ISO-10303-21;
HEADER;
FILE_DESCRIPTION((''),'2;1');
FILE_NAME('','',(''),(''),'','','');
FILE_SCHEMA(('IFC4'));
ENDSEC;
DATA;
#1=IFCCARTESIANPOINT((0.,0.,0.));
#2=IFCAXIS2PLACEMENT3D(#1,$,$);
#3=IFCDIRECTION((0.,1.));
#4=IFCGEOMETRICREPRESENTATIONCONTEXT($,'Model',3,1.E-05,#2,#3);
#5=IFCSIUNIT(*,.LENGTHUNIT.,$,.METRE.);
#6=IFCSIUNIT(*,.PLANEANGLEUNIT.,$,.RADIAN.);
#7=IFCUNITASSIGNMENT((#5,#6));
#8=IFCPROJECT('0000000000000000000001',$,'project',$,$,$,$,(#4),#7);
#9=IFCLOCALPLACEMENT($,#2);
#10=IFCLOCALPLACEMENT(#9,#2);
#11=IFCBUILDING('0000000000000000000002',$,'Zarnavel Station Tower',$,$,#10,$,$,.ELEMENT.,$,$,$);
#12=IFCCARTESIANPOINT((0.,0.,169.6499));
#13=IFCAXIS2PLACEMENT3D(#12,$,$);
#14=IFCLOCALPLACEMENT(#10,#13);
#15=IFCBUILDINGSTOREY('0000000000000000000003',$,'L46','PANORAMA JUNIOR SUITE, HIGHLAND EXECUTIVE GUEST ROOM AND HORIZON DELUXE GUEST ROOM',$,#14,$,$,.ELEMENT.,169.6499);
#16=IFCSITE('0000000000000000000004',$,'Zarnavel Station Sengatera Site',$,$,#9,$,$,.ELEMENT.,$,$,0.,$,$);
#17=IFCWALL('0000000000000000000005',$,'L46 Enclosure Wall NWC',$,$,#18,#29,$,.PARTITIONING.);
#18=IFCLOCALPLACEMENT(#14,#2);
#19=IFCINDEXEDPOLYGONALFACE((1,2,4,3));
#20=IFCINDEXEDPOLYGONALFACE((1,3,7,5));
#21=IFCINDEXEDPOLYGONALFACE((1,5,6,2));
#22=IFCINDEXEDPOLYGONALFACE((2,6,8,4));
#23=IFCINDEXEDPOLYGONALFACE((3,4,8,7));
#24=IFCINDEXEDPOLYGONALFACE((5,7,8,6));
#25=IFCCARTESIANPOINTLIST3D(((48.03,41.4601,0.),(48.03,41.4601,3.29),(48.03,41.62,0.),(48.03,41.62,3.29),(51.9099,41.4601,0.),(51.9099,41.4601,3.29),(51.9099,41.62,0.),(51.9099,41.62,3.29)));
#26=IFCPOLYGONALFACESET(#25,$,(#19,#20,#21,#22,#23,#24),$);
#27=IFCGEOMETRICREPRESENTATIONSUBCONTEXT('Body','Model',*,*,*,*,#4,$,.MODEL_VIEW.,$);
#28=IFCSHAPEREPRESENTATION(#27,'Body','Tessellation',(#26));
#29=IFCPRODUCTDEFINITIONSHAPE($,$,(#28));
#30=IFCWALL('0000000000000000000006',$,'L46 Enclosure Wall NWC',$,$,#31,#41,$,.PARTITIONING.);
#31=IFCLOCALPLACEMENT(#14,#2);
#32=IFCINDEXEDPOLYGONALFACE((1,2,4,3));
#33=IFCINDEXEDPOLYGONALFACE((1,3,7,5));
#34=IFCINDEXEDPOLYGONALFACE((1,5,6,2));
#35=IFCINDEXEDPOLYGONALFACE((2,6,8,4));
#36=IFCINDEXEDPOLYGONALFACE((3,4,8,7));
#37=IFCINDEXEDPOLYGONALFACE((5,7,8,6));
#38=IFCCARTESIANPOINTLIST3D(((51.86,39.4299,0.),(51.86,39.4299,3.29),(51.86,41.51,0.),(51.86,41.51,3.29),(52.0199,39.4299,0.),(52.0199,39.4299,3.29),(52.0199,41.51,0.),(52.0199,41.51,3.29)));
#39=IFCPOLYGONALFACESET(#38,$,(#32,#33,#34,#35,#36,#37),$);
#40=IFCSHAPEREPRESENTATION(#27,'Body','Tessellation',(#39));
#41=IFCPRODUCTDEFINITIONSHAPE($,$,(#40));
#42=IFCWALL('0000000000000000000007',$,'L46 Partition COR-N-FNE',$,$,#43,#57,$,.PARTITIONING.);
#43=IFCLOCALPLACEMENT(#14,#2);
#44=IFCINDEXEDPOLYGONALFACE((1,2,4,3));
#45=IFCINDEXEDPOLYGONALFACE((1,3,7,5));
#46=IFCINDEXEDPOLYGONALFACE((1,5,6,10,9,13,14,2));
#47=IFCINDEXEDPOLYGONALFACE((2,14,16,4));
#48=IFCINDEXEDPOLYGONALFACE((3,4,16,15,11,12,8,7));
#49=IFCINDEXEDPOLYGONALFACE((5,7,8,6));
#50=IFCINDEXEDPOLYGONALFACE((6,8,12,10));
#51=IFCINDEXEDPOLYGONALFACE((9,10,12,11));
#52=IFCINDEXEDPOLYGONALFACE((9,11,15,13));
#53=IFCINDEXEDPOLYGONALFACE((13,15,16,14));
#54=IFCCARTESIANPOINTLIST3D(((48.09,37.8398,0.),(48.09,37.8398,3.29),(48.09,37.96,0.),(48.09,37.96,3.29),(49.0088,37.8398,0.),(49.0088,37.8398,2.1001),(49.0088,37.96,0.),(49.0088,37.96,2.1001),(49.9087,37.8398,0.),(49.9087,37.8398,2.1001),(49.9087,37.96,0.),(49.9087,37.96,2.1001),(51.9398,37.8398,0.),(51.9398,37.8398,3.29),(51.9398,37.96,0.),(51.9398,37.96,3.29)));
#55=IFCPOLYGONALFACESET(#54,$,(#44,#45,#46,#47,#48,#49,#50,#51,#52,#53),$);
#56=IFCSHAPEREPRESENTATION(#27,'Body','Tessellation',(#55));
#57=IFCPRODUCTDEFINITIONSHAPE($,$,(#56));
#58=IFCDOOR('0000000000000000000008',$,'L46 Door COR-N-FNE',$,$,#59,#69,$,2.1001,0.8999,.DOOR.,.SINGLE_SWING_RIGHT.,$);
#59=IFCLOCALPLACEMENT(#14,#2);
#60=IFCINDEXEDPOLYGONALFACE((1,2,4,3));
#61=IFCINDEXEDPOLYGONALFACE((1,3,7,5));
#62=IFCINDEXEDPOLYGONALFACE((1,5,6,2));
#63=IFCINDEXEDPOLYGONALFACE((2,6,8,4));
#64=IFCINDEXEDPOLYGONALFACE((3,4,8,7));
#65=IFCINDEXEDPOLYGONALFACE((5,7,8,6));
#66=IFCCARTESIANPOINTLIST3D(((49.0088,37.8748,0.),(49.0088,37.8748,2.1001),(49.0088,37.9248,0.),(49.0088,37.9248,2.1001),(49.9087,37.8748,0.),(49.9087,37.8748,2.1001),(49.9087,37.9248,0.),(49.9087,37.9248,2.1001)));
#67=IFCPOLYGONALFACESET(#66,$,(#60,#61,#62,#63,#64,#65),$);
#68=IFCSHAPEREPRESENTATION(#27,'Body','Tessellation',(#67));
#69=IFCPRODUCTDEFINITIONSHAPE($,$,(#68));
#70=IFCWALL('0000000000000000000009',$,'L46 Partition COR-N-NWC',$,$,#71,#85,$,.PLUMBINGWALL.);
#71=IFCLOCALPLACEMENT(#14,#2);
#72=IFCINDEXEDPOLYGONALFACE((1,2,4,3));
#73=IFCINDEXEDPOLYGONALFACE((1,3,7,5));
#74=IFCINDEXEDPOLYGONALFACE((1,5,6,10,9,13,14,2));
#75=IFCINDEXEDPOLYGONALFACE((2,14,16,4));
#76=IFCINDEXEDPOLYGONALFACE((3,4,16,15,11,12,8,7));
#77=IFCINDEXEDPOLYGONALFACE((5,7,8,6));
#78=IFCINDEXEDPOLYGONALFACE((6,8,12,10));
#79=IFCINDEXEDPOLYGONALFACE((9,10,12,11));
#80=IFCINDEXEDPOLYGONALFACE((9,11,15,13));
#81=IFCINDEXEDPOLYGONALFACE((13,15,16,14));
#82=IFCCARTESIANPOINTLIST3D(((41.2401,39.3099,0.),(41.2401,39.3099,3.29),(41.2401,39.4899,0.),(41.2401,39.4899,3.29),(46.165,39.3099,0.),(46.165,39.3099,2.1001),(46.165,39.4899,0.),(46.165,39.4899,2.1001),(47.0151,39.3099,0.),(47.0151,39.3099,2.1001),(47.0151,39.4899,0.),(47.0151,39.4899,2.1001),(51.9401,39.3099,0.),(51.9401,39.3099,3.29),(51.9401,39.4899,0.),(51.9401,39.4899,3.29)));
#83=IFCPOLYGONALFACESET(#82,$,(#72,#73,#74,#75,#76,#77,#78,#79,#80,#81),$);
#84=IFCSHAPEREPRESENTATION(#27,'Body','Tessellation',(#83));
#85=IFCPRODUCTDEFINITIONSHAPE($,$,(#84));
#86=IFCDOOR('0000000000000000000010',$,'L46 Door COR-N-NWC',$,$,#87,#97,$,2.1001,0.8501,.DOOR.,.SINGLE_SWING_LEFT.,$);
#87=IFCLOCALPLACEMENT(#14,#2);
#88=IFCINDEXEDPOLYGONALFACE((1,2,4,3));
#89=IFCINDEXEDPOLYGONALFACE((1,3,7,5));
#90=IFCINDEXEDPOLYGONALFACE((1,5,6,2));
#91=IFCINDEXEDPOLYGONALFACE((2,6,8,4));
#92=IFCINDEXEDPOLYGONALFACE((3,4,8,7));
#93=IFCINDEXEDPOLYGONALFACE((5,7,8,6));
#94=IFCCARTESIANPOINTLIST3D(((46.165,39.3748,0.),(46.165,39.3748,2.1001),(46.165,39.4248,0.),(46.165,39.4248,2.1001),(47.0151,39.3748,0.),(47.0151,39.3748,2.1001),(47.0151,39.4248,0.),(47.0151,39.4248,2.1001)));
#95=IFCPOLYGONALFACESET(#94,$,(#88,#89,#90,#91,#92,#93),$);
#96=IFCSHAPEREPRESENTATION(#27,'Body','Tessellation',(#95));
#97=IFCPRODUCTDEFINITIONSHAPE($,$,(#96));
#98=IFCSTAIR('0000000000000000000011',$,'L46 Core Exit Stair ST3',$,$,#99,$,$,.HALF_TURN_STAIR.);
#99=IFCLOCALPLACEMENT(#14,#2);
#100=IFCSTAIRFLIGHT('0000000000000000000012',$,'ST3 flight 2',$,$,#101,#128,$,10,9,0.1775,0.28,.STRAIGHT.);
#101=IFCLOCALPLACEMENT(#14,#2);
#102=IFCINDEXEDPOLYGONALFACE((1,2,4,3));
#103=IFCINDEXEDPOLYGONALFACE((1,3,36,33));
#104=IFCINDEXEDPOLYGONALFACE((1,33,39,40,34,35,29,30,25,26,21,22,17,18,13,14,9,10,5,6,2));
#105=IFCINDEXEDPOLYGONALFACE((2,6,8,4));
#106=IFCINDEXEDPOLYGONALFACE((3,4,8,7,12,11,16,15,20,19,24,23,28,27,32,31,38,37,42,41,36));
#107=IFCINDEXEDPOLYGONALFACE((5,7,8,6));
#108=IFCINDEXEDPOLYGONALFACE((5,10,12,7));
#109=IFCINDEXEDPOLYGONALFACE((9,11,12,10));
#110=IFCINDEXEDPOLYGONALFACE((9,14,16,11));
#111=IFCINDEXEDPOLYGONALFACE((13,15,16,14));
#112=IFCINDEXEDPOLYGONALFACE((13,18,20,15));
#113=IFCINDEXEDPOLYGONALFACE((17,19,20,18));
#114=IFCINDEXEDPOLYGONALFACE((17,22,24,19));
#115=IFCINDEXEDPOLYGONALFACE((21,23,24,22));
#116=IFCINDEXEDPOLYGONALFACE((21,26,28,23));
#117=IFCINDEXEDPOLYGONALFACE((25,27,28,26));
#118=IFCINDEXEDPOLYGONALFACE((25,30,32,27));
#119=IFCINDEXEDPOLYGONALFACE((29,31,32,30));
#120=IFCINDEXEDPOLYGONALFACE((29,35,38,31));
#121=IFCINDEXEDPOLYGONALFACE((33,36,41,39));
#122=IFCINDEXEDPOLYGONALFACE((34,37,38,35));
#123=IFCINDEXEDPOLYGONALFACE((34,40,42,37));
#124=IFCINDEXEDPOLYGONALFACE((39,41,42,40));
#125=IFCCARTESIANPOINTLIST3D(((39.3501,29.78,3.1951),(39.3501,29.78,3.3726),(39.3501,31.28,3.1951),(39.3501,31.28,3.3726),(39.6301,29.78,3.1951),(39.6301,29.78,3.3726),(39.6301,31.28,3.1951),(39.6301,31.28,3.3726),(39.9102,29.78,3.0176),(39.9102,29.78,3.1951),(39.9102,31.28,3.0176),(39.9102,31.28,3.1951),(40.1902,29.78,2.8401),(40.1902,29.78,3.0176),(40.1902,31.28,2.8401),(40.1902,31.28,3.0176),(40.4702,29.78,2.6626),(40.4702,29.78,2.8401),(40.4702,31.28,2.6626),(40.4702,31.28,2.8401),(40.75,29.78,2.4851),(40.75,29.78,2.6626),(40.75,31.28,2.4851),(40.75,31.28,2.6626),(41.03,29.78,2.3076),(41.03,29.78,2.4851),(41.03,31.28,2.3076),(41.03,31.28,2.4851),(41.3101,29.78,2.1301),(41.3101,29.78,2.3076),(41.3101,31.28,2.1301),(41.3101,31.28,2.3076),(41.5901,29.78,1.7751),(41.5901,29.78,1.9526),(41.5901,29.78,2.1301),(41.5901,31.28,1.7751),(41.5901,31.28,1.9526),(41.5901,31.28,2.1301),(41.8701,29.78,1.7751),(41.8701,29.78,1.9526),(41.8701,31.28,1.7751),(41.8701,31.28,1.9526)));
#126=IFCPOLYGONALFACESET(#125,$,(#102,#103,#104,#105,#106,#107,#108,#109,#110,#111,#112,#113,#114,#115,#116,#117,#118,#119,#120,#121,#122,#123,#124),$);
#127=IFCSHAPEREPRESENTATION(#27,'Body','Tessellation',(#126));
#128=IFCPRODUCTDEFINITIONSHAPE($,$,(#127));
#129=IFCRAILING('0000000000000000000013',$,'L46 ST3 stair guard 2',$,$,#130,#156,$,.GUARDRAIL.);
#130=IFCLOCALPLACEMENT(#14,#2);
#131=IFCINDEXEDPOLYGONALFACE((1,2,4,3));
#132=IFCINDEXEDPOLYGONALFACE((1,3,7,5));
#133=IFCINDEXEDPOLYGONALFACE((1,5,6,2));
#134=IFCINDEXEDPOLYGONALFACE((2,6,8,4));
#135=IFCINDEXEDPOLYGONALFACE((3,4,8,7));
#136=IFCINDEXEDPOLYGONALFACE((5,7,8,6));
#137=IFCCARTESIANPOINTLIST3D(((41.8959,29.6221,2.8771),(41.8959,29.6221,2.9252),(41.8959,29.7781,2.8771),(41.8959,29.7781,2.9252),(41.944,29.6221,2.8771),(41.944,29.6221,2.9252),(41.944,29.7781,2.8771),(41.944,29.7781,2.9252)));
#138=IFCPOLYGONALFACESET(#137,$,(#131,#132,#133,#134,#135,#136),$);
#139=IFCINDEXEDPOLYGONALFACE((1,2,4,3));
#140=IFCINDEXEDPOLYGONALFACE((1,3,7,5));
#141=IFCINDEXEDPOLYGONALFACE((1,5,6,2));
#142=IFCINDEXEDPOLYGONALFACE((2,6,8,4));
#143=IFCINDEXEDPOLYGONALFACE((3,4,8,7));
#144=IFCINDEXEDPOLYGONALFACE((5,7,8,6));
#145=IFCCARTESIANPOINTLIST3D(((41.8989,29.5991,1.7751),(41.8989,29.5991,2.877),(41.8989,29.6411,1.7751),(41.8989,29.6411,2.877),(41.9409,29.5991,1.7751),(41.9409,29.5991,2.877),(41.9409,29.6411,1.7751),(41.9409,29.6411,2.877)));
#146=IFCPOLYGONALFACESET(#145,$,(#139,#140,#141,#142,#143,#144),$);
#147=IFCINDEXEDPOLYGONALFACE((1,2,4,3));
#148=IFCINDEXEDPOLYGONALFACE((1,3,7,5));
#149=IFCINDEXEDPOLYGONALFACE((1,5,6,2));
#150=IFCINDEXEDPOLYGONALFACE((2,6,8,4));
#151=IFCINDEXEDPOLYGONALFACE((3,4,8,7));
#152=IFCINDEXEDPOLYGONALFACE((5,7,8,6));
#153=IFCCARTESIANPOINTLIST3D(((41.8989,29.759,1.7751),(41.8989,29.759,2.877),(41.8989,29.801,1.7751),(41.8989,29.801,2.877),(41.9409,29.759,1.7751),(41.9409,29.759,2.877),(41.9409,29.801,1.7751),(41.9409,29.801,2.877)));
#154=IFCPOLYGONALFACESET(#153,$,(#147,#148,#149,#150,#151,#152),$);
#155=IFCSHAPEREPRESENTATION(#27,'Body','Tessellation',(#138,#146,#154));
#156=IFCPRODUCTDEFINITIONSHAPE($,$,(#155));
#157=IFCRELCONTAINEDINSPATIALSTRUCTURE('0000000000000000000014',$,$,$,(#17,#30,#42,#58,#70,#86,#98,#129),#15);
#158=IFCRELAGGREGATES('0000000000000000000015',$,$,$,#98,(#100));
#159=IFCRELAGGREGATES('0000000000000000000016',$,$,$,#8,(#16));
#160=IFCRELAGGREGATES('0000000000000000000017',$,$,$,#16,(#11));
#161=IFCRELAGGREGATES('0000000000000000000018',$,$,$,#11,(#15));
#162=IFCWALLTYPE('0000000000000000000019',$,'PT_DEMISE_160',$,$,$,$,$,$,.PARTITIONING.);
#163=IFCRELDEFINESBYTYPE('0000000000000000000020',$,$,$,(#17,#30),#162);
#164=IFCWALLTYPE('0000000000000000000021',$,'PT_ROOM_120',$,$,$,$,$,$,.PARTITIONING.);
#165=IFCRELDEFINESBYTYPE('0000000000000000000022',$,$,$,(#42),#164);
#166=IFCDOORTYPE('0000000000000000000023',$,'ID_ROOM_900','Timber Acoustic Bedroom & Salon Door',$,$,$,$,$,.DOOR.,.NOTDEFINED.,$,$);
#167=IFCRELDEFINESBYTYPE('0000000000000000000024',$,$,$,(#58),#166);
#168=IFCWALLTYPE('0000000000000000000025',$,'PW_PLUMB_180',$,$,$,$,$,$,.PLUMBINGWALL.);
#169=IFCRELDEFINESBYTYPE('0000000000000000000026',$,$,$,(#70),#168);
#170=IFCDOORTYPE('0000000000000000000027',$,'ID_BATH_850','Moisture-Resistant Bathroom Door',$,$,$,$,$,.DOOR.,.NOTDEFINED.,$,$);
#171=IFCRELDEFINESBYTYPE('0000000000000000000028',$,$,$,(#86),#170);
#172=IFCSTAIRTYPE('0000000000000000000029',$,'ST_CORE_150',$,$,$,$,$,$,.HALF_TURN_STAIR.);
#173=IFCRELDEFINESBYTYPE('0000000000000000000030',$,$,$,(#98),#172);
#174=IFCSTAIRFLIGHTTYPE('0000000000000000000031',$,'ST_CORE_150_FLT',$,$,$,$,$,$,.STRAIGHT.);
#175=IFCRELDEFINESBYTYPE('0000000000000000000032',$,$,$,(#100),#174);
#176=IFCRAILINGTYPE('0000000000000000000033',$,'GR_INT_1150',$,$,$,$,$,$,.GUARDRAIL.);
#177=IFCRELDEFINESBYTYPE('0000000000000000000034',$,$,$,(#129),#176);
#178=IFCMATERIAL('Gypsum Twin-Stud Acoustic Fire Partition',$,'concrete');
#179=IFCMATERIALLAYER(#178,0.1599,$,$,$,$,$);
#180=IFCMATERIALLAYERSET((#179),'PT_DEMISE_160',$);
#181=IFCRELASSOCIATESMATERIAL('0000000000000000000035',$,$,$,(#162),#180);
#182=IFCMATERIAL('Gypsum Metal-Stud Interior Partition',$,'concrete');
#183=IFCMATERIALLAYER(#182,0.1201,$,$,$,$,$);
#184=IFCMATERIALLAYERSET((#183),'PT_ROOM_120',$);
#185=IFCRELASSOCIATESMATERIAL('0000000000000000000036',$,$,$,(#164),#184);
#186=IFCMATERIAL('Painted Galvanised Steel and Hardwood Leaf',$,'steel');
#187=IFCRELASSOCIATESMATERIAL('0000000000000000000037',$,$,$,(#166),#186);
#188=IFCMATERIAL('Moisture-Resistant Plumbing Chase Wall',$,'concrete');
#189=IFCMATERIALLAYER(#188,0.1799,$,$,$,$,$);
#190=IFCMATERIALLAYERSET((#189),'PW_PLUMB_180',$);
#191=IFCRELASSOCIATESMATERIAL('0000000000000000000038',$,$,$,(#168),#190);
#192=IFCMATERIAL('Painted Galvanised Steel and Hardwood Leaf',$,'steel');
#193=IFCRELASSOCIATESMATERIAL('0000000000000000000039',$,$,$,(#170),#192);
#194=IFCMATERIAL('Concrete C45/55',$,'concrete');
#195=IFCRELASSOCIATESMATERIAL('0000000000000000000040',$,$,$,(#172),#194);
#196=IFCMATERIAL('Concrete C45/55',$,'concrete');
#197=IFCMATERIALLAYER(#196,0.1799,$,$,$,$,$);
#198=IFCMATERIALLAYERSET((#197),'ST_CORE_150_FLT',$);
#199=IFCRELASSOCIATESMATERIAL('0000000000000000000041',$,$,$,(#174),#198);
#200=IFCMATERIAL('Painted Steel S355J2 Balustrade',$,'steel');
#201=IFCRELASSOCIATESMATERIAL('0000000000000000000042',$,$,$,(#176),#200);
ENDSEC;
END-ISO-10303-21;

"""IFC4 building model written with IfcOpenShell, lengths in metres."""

from ifc_helpers import new_model, si_unit, direction, frame, frame_2d, origin, origin_2d, place, context, subcontext, project, spatial, polyline, rectangle, outline, extrude, material, layer, layer_set, type_object, element, fill, aggregate, save


model = new_model("IFC4")

# Units and contexts
model_context = context("Model", 3, precision=1e-05, world=origin(), true_north=direction((0.0, 1.0)))
body_context = subcontext(model_context, "Body", "Model", "MODEL_VIEW")
ifc_project = project(units=[si_unit("LENGTHUNIT", "METRE"), si_unit("PLANEANGLEUNIT", "RADIAN")], contexts=[model_context])

# Site, building, storey
site_placement = place(None, origin())
site = spatial("IfcSite", under=ifc_project, at=site_placement, Name="Zarnavel Station Sengatera Site", CompositionType="ELEMENT", RefElevation=0.0)
building_placement = place(site_placement, origin())
building = spatial("IfcBuilding", under=site, at=building_placement, Name="Zarnavel Station Tower", CompositionType="ELEMENT")
storey_placement = place(building_placement, frame((0.0, 0.0, 169.6499)))
storey = spatial("IfcBuildingStorey", under=building, at=storey_placement, Name="L46", Description="PANORAMA JUNIOR SUITE, HIGHLAND EXECUTIVE GUEST ROOM AND HORIZON DELUXE GUEST ROOM", CompositionType="ELEMENT", Elevation=169.6499)

# Walls
ifc_material_1 = material(Name="Gypsum Twin-Stud Acoustic Fire Partition", Category="concrete")
ifc_layer_1 = layer(ifc_material_1, 0.1599)
ifc_layer_set_1 = layer_set([ifc_layer_1], Name="PT_DEMISE_160")
wall_type_1 = type_object("IfcWallType", Name="PT_DEMISE_160", PredefinedType="PARTITIONING", material=ifc_layer_set_1)
wall_1_placement = place(storey_placement, frame((48.03, 41.54, 0.0), z_axis=(0.0, 0.0, 1.0), x_axis=(1.0, 0.0, 0.0)))
element("IfcWall", 1, at=wall_1_placement, inside=storey, type_object=wall_type_1, Name="L46 Enclosure Wall NWC", PredefinedType="PARTITIONING", context=body_context, shape_type="SweptSolid", body=[
    extrude(rectangle(XDim=3.8799, YDim=0.1599, at=frame_2d((1.9399, 0.0))), origin(), (0.0, 0.0, 1.0), 3.29),
])
wall_2_placement = place(storey_placement, frame((51.9399, 39.4299, 0.0), z_axis=(0.0, 0.0, 1.0), x_axis=(0.0, 1.0, 0.0)))
element("IfcWall", 2, at=wall_2_placement, inside=storey, type_object=wall_type_1, Name="L46 Enclosure Wall NWC", PredefinedType="PARTITIONING", context=body_context, shape_type="SweptSolid", body=[
    extrude(rectangle(XDim=2.0801, YDim=0.1599, at=frame_2d((1.04, 0.0))), origin(), (0.0, 0.0, 1.0), 3.29),
])

# Walls, openings, doors
ifc_material_2 = material(Name="Gypsum Metal-Stud Interior Partition", Category="concrete")
ifc_layer_2 = layer(ifc_material_2, 0.1201)
ifc_layer_set_2 = layer_set([ifc_layer_2], Name="PT_ROOM_120")
wall_type_2 = type_object("IfcWallType", Name="PT_ROOM_120", PredefinedType="PARTITIONING", material=ifc_layer_set_2)
wall_3_placement = place(storey_placement, frame((48.0901, 37.8999, 0.0), z_axis=(0.0, 0.0, 1.0), x_axis=(1.0, 0.0, 0.0)))
wall_3 = element("IfcWall", 3, at=wall_3_placement, inside=storey, type_object=wall_type_2, Name="L46 Partition COR-N-FNE", PredefinedType="PARTITIONING", context=body_context, shape_type="SweptSolid", body=[
    extrude(rectangle(XDim=3.8499, YDim=0.1201, at=frame_2d((1.9248, 0.0))), origin(), (0.0, 0.0, 1.0), 3.29),
])
opening_1_placement = place(wall_3_placement, frame((0.9187, 0.0, 0.0)))
opening_1 = element("IfcOpeningElement", 4, at=opening_1_placement, cuts=wall_3, PredefinedType="OPENING", context=body_context, shape_type="SweptSolid", body=[
    extrude(rectangle(XDim=0.8999, YDim=2.1001, at=frame_2d((0.45, 1.05))), frame((0.0, 0.0701, 0.0), z_axis=(0.0, -1.0, 0.0), x_axis=(1.0, 0.0, 0.0)), (0.0, 0.0, 1.0), 0.1401),
])
ifc_material_3 = material(Name="Painted Galvanised Steel and Hardwood Leaf", Category="steel")
door_type_1 = type_object("IfcDoorType", Name="ID_ROOM_900", Description="Timber Acoustic Bedroom & Salon Door", OperationType="NOTDEFINED", PredefinedType="DOOR", material=ifc_material_3)
door_1_placement = place(opening_1_placement, origin())
door_1 = element("IfcDoor", 5, at=door_1_placement, inside=storey, type_object=door_type_1, Name="L46 Door COR-N-FNE", OperationType="SINGLE_SWING_RIGHT", OverallHeight=2.1001, OverallWidth=0.8999, PredefinedType="DOOR", context=body_context, shape_type="SweptSolid", body=[
    extrude(rectangle(XDim=0.8999, YDim=2.1001, at=frame_2d((0.45, 1.05))), frame((0.0, 0.0249, 0.0), z_axis=(0.0, -1.0, 0.0), x_axis=(1.0, 0.0, 0.0)), (0.0, 0.0, 1.0), 0.05),
])
fill(opening_1, door_1)
ifc_material_4 = material(Name="Moisture-Resistant Plumbing Chase Wall", Category="concrete")
ifc_layer_3 = layer(ifc_material_4, 0.1799)
ifc_layer_set_3 = layer_set([ifc_layer_3], Name="PW_PLUMB_180")
wall_type_3 = type_object("IfcWallType", Name="PW_PLUMB_180", PredefinedType="PLUMBINGWALL", material=ifc_layer_set_3)
wall_4_placement = place(storey_placement, frame((41.24, 39.3999, 0.0), z_axis=(0.0, 0.0, 1.0), x_axis=(1.0, 0.0, 0.0)))
wall_4 = element("IfcWall", 6, at=wall_4_placement, inside=storey, type_object=wall_type_3, Name="L46 Partition COR-N-NWC", PredefinedType="PLUMBINGWALL", context=body_context, shape_type="SweptSolid", body=[
    extrude(rectangle(XDim=10.7, YDim=0.1799, at=frame_2d((5.3501, 0.0))), origin(), (0.0, 0.0, 1.0), 3.29),
])
opening_2_placement = place(wall_4_placement, frame((4.925, 0.0, 0.0)))
opening_2 = element("IfcOpeningElement", 7, at=opening_2_placement, cuts=wall_4, PredefinedType="OPENING", context=body_context, shape_type="SweptSolid", body=[
    extrude(rectangle(XDim=0.8501, YDim=2.1001, at=frame_2d((0.425, 1.05))), frame((0.0, 0.0999, 0.0), z_axis=(0.0, -1.0, 0.0), x_axis=(1.0, 0.0, 0.0)), (0.0, 0.0, 1.0), 0.2),
])
ifc_material_5 = material(Name="Painted Galvanised Steel and Hardwood Leaf", Category="steel")
door_type_2 = type_object("IfcDoorType", Name="ID_BATH_850", Description="Moisture-Resistant Bathroom Door", OperationType="NOTDEFINED", PredefinedType="DOOR", material=ifc_material_5)
door_2_placement = place(opening_2_placement, origin())
door_2 = element("IfcDoor", 8, at=door_2_placement, inside=storey, type_object=door_type_2, Name="L46 Door COR-N-NWC", OperationType="SINGLE_SWING_LEFT", OverallHeight=2.1001, OverallWidth=0.8501, PredefinedType="DOOR", context=body_context, shape_type="SweptSolid", body=[
    extrude(rectangle(XDim=0.8501, YDim=2.1001, at=frame_2d((0.425, 1.05))), frame((0.0, 0.0249, 0.0), z_axis=(0.0, -1.0, 0.0), x_axis=(1.0, 0.0, 0.0)), (0.0, 0.0, 1.0), 0.05),
])
fill(opening_2, door_2)

# Stair, stair flight
ifc_material_6 = material(Name="Concrete C45/55", Category="concrete")
stair_type = type_object("IfcStairType", Name="ST_CORE_150", PredefinedType="HALF_TURN_STAIR", material=ifc_material_6)
stair_placement = place(storey_placement, origin())
stair = element("IfcStair", 9, at=stair_placement, inside=storey, type_object=stair_type, Name="L46 Core Exit Stair ST3", PredefinedType="HALF_TURN_STAIR")
ifc_material_7 = material(Name="Concrete C45/55", Category="concrete")
ifc_layer_4 = layer(ifc_material_7, 0.1799)
ifc_layer_set_4 = layer_set([ifc_layer_4], Name="ST_CORE_150_FLT")
stair_flight_type = type_object("IfcStairFlightType", Name="ST_CORE_150_FLT", PredefinedType="STRAIGHT", material=ifc_layer_set_4)
stair_flight_placement = place(storey_placement, frame((41.8701, 30.53, 1.7751), z_axis=(0.0, 0.0, 1.0), x_axis=(-1.0, 0.0, 0.0)))
stair_flight = element("IfcStairFlight", 10, at=stair_flight_placement, type_object=stair_flight_type, Name="ST3 flight 2", NumberOfRisers=10, NumberOfTreads=9, PredefinedType="STRAIGHT", RiserHeight=0.1775, TreadLength=0.28, context=body_context, shape_type="SweptSolid", body=[
    extrude(outline(polyline([(0.0, 0.0), (0.0, 0.1775), (0.28, 0.1775), (0.28, 0.355), (0.5601, 0.355), (0.5601, 0.5325), (0.8401, 0.5325), (0.8401, 0.71), (1.1201, 0.71), (1.1201, 0.8875), (1.3999, 0.8875), (1.3999, 1.0649), (1.6799, 1.0649), (1.6799, 1.2424), (1.96, 1.2424), (1.96, 1.4199), (2.24, 1.4199), (2.24, 1.5974), (2.52, 1.5974), (2.52, 1.7749), (2.52, 1.4199), (0.28, 0.0), (0.0, 0.0)])), frame((0.0, 0.75, 0.0), z_axis=(0.0, -1.0, 0.0), x_axis=(1.0, 0.0, 0.0)), (0.0, 0.0, 1.0), 1.5),
])
aggregate(stair, [stair_flight])

# Railing
ifc_material_8 = material(Name="Painted Steel S355J2 Balustrade", Category="steel")
railing_type_1 = type_object("IfcRailingType", Name="GR_INT_1150", PredefinedType="GUARDRAIL", material=ifc_material_8)
railing_1_placement = place(storey_placement, frame((41.9199, 29.6201, 1.7751)))
element("IfcRailing", 11, at=railing_1_placement, inside=storey, type_object=railing_type_1, Name="L46 ST3 stair guard 2", PredefinedType="GUARDRAIL", context=body_context, shape_type="SweptSolid", body=[
    extrude(rectangle(XDim=0.0481, YDim=0.0481, at=origin_2d()), frame((0.0, 0.002, 1.126), z_axis=(0.0, 1.0, 0.0), x_axis=(-1.0, 0.0, 0.0)), (0.0, 0.0, 1.0), 0.156),
    extrude(rectangle(XDim=0.042, YDim=0.042, at=origin_2d()), origin(), (0.0, 0.0, 1.0), 1.1018),
    extrude(rectangle(XDim=0.042, YDim=0.042, at=origin_2d()), frame((0.0, 0.1599, 0.0)), (0.0, 0.0, 1.0), 1.1018),
])

save(model, "model.ifc")
